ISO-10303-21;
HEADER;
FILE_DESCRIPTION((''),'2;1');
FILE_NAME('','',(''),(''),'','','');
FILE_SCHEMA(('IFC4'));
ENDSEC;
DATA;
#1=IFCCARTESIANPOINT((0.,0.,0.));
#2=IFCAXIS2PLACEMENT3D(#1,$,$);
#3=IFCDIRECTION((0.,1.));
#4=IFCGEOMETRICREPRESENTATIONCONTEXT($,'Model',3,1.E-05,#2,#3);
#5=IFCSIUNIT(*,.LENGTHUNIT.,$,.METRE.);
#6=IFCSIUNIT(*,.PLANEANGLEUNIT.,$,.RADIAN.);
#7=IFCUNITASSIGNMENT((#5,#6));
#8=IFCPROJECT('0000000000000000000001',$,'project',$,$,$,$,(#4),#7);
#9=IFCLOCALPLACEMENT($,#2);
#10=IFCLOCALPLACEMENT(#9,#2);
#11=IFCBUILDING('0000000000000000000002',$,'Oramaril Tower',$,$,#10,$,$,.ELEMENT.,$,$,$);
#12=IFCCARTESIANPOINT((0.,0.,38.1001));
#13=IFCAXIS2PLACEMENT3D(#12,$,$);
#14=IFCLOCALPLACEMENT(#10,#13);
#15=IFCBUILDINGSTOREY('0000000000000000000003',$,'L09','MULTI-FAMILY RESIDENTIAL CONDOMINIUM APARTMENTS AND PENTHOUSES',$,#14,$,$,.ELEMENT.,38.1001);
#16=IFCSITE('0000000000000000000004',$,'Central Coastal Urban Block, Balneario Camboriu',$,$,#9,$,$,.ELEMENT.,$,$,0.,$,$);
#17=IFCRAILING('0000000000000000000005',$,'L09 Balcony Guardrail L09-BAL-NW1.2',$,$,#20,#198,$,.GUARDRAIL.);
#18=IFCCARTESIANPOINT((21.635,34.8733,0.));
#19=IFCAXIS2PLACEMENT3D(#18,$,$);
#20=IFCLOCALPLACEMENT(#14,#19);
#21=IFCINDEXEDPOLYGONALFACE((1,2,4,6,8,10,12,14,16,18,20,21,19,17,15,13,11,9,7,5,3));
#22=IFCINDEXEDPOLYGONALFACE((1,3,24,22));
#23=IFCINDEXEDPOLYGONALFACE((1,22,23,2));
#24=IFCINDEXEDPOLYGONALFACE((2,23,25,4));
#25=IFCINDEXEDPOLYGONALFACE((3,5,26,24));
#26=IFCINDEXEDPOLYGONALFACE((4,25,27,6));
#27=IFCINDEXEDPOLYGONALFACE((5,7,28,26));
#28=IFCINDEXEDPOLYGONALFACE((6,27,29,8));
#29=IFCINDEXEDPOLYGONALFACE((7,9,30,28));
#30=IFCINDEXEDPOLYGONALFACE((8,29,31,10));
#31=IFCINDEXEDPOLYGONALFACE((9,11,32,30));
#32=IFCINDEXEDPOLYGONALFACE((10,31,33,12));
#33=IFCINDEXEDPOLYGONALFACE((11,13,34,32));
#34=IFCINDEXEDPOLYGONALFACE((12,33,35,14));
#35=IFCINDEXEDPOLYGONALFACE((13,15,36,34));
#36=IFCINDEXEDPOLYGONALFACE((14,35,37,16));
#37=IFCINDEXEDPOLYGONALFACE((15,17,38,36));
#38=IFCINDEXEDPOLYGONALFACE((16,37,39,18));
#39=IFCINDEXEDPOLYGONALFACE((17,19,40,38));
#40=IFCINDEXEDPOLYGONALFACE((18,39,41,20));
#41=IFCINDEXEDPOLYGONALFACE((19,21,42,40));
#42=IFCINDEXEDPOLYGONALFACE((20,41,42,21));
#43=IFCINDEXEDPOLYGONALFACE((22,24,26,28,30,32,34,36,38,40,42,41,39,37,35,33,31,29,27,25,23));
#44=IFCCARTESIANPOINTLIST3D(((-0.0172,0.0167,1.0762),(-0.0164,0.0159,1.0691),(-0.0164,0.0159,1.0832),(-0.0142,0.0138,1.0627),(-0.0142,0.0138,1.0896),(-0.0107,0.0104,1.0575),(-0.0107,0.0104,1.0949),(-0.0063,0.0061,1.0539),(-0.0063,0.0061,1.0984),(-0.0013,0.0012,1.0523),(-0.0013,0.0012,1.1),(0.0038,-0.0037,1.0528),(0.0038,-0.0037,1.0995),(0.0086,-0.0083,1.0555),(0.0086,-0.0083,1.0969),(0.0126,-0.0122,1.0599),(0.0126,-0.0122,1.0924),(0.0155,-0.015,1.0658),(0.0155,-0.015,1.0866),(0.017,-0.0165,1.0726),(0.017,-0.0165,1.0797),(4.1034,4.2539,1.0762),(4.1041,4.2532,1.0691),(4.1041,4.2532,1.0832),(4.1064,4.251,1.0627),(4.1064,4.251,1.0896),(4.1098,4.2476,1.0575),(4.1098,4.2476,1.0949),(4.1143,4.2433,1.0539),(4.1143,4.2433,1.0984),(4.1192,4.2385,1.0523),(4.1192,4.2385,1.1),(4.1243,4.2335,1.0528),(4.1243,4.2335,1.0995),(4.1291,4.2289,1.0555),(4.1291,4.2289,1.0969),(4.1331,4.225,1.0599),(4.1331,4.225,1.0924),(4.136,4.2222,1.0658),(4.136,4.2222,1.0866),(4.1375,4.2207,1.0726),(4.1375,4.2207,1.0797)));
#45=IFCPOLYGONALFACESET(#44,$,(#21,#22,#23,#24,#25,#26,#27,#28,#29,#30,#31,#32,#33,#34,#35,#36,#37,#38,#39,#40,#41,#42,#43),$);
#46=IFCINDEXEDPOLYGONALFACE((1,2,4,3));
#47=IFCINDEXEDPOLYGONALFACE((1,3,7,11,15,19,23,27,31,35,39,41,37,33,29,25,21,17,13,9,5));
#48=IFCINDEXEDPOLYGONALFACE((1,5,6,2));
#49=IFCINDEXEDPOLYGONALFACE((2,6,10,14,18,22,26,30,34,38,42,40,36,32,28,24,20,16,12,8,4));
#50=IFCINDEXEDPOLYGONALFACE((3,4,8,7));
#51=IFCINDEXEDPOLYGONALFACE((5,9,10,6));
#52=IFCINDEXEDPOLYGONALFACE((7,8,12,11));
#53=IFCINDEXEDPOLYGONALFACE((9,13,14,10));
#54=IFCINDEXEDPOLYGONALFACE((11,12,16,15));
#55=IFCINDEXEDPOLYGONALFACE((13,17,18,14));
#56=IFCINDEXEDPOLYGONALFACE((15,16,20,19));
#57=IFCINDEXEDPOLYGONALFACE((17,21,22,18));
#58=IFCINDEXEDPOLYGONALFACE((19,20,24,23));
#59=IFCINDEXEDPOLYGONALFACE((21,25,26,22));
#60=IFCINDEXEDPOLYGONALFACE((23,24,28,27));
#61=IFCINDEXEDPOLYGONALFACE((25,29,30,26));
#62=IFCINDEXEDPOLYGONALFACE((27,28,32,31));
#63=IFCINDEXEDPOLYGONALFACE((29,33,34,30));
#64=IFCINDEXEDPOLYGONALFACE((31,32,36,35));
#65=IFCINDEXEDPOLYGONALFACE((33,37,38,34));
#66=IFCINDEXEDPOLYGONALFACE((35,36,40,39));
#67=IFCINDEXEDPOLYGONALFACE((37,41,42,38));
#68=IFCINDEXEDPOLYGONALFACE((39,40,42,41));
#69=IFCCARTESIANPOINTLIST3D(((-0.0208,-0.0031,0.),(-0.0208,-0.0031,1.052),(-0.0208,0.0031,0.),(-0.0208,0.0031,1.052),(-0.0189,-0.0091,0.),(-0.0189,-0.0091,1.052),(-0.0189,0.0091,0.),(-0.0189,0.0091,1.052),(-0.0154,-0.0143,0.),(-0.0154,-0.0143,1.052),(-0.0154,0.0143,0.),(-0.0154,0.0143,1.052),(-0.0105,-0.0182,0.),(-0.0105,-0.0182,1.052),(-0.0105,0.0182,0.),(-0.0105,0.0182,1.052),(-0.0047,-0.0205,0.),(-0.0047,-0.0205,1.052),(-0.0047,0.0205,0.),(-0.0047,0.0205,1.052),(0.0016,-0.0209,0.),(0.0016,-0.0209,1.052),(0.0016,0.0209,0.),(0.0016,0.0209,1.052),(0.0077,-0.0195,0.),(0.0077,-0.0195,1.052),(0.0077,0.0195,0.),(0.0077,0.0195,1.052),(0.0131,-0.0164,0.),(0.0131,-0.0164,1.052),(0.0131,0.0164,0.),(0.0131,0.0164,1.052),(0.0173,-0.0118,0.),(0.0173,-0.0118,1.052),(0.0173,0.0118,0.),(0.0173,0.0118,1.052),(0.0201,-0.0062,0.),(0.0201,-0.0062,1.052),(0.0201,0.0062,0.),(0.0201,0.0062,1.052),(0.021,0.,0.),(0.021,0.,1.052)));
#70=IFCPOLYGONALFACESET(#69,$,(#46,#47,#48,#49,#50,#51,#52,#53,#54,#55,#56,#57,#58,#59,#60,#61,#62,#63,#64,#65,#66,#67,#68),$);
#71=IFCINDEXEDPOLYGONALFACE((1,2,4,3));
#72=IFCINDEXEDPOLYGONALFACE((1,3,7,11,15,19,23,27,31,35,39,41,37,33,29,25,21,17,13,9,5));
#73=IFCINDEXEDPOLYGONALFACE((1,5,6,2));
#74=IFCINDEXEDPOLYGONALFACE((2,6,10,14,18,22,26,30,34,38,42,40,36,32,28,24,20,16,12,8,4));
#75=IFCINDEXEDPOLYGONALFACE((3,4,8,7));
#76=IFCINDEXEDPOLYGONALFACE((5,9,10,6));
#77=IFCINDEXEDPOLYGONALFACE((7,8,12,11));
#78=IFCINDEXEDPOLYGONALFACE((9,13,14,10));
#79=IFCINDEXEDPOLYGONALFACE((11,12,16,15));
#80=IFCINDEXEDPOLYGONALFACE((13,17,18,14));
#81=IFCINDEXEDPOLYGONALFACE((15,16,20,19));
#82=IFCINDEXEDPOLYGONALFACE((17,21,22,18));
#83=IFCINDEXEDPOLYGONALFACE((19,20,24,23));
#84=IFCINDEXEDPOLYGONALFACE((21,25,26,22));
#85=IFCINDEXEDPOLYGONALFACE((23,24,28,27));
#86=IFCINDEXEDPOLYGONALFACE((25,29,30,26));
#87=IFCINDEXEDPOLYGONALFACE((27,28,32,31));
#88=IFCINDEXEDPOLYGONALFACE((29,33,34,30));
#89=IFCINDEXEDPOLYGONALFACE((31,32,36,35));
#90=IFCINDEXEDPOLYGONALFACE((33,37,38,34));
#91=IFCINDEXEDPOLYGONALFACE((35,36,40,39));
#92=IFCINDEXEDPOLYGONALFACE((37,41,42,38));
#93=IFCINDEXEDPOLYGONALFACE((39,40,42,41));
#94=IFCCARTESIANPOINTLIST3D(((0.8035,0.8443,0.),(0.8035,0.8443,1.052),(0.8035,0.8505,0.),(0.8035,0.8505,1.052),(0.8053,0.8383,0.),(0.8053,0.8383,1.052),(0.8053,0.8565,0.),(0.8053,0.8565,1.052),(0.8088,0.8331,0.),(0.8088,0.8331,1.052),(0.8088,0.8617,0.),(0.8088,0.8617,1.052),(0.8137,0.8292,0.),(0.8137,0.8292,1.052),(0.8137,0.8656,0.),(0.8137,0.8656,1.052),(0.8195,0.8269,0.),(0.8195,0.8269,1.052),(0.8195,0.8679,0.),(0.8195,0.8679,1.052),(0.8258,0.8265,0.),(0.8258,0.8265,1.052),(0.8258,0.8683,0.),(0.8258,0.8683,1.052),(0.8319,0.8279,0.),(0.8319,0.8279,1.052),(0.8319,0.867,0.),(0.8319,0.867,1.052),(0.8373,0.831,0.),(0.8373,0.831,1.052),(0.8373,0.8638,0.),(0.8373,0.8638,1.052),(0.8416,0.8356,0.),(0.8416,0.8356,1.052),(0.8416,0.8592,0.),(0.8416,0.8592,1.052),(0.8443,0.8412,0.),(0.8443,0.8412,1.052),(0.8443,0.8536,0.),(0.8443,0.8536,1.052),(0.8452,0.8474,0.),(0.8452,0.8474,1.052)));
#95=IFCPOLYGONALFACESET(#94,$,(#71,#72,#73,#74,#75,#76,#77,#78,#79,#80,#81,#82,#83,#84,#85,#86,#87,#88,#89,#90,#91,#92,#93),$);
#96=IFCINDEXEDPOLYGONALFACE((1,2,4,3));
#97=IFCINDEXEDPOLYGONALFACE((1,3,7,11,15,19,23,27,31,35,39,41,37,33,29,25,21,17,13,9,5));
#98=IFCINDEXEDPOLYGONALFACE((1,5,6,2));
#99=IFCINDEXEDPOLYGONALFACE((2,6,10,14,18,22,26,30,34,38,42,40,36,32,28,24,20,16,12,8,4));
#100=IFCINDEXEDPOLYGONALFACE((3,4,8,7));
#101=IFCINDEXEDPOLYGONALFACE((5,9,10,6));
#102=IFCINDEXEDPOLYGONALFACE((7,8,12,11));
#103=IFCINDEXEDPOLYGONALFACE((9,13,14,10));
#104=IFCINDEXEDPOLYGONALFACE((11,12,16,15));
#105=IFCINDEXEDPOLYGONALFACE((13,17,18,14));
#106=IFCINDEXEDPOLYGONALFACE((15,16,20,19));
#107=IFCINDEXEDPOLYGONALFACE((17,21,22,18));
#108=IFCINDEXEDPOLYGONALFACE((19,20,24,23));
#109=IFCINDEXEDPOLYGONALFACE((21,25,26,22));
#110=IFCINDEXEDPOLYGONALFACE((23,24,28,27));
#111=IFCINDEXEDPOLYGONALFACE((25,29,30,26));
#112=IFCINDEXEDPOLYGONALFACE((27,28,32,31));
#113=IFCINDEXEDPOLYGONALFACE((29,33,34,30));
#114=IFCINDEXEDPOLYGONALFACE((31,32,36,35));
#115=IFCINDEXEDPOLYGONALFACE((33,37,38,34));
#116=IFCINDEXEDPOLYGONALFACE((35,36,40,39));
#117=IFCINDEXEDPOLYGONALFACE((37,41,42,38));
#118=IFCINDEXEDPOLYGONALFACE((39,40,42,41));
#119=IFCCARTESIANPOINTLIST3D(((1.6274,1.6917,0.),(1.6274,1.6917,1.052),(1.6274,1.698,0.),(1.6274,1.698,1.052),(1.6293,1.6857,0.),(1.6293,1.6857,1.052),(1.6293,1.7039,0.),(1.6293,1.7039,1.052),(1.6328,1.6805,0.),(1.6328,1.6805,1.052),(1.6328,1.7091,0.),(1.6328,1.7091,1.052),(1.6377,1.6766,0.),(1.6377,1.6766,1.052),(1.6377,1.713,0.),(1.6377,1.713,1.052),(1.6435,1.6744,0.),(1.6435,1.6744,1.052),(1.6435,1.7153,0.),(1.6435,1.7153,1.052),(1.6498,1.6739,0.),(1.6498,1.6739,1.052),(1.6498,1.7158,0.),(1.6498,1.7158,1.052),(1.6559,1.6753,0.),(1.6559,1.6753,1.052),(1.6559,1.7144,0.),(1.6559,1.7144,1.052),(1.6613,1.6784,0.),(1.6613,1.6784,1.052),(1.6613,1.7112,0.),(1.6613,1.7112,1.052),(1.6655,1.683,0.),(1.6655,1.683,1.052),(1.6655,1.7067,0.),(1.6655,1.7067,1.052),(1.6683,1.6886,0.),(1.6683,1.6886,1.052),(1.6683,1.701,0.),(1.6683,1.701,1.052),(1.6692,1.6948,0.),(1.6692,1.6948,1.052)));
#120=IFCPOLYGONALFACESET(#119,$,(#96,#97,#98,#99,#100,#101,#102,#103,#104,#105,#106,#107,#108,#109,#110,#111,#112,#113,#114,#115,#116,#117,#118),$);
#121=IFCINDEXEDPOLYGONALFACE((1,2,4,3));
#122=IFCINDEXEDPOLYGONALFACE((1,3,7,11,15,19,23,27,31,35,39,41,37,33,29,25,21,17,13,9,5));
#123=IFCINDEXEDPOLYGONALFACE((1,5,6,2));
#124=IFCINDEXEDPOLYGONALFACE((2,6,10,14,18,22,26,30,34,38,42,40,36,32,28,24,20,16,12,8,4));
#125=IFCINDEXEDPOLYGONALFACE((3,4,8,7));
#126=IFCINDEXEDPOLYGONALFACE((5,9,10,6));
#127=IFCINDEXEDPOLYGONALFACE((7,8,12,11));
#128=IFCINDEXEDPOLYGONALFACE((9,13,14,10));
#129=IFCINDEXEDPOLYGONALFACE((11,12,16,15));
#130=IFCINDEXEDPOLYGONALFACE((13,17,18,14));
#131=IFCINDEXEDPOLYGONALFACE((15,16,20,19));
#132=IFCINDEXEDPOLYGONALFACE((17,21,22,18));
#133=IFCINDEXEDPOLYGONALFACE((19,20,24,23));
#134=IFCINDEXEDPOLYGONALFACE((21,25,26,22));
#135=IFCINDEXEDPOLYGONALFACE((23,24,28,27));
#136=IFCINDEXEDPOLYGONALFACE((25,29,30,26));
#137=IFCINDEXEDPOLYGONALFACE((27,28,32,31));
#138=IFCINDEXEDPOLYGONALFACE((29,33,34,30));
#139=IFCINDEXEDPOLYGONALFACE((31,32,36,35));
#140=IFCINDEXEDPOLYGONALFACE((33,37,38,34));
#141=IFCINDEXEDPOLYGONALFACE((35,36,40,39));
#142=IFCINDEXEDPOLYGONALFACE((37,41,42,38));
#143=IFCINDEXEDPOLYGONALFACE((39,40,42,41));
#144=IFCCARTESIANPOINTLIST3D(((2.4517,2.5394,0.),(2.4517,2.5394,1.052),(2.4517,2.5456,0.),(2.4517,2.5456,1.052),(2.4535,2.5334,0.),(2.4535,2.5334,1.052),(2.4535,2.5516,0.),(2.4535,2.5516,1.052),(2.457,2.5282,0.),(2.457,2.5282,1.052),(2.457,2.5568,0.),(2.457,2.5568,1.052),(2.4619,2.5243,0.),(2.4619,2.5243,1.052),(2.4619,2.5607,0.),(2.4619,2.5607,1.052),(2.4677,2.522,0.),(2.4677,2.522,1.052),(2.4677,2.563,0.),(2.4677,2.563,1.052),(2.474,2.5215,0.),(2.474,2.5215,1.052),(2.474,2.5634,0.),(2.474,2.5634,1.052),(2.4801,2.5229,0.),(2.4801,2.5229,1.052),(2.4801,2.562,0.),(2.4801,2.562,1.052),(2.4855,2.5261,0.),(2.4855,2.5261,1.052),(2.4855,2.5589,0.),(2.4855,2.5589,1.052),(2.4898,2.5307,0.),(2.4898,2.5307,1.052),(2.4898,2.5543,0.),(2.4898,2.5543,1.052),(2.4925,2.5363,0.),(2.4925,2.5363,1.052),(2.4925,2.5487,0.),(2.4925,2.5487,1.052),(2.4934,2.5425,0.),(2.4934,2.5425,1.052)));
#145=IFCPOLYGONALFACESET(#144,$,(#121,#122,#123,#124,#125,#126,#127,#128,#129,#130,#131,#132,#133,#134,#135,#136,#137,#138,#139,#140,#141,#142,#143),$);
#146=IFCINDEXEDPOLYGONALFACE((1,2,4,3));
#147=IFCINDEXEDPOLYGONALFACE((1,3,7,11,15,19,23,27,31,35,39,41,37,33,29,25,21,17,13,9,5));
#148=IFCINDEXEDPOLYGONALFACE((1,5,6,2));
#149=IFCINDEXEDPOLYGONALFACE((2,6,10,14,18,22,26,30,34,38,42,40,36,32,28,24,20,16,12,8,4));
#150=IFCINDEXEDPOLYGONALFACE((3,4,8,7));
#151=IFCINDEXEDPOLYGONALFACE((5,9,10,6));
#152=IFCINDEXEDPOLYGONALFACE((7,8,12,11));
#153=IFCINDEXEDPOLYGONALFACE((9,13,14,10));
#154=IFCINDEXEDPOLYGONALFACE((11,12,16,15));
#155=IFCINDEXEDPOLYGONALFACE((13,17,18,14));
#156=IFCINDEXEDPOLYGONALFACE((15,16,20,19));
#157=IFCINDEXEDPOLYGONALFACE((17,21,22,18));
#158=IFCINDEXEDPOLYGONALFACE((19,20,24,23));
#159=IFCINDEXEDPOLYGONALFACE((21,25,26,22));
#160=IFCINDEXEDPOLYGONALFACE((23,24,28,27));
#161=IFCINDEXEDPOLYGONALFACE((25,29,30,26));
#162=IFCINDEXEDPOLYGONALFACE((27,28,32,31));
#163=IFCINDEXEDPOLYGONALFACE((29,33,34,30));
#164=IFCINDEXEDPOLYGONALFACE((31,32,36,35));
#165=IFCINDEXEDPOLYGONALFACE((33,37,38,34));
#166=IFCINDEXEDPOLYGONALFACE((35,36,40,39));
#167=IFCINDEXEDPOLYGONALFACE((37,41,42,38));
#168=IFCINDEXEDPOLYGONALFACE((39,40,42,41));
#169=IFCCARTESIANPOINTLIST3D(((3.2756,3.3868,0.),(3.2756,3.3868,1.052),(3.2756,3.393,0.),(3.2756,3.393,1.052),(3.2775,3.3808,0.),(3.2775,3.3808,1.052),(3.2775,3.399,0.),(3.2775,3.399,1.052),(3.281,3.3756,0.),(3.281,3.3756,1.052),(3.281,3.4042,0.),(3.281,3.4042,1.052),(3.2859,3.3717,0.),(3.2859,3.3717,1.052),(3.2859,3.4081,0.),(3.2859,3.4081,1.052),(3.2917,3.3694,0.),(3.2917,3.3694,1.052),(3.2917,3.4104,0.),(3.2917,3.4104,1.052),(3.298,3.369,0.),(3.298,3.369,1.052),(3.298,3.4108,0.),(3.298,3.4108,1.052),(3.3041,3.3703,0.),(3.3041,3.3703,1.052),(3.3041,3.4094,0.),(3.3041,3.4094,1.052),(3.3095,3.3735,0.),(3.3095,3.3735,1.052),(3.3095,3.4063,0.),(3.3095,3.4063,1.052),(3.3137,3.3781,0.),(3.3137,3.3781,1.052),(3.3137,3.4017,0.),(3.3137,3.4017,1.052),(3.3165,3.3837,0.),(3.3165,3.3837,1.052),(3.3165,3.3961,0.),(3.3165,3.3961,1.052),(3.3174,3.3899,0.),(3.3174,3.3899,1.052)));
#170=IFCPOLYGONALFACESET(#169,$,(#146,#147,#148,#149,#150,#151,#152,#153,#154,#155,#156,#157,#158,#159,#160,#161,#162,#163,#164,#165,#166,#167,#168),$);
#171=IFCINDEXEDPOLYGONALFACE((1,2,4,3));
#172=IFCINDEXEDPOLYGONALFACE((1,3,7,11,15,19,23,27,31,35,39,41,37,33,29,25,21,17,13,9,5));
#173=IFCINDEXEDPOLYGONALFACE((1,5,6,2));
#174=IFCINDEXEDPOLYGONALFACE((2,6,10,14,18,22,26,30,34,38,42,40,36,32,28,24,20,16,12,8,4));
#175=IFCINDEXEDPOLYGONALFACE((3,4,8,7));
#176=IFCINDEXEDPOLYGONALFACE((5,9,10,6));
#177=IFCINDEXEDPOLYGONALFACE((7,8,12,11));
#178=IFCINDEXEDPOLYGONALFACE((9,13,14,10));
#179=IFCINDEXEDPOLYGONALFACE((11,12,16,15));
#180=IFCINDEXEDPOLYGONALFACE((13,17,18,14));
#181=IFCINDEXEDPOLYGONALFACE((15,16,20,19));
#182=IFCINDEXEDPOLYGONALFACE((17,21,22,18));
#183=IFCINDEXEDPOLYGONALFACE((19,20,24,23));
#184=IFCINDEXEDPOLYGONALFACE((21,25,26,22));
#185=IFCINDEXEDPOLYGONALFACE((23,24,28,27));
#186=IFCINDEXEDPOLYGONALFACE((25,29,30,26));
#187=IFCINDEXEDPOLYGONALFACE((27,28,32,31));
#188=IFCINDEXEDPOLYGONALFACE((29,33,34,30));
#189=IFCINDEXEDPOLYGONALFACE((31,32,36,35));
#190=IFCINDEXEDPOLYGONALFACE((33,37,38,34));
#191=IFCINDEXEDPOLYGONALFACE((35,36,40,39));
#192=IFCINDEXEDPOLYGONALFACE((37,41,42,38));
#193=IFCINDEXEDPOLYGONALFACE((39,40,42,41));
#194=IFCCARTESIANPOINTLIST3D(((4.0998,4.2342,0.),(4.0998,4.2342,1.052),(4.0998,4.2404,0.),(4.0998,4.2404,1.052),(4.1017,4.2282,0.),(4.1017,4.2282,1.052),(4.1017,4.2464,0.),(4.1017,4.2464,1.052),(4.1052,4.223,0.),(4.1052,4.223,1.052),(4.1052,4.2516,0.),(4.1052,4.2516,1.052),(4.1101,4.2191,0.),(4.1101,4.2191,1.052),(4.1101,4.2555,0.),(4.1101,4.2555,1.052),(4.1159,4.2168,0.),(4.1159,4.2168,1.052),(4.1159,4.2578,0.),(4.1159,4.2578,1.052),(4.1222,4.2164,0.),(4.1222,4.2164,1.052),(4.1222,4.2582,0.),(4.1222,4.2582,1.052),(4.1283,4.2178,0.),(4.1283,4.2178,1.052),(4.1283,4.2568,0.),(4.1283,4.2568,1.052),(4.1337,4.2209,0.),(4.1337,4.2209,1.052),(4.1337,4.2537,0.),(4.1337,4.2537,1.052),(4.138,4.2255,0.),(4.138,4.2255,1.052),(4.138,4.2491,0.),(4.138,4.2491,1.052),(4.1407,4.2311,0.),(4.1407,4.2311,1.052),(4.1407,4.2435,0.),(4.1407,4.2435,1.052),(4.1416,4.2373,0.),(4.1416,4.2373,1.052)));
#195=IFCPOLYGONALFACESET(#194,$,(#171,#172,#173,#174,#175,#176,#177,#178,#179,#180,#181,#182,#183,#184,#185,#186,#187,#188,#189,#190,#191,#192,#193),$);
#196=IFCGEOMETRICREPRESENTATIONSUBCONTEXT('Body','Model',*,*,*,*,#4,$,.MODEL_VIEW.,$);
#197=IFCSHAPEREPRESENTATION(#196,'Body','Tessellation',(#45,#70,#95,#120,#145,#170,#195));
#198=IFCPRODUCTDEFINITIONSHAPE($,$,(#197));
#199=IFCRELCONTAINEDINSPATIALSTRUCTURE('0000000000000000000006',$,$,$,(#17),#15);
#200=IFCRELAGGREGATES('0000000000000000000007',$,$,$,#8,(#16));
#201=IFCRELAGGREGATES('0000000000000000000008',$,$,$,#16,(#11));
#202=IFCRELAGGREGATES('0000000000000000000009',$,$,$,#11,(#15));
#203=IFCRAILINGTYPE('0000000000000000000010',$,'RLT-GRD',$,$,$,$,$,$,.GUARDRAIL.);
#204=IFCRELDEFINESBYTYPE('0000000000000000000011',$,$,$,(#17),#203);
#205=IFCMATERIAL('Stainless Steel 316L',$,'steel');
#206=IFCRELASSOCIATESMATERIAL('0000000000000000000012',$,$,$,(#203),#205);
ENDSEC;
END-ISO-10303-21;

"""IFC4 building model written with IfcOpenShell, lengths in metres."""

from ifc_helpers import new_model, si_unit, direction, frame, origin, origin_2d, place, context, subcontext, project, spatial, circle, extrude, material, type_object, element, save


model = new_model("IFC4")

# Units and contexts
model_context = context("Model", 3, precision=1e-05, world=origin(), true_north=direction((0.0, 1.0)))
body_context = subcontext(model_context, "Body", "Model", "MODEL_VIEW")
ifc_project = project(units=[si_unit("LENGTHUNIT", "METRE"), si_unit("PLANEANGLEUNIT", "RADIAN")], contexts=[model_context])

# Site, building, storey
site_placement = place(None, origin())
site = spatial("IfcSite", under=ifc_project, at=site_placement, Name="Central Coastal Urban Block, Balneario Camboriu", CompositionType="ELEMENT", RefElevation=0.0)
building_placement = place(site_placement, origin())
building = spatial("IfcBuilding", under=site, at=building_placement, Name="Oramaril Tower", CompositionType="ELEMENT")
storey_placement = place(building_placement, frame((0.0, 0.0, 38.1001)))
storey = spatial("IfcBuildingStorey", under=building, at=storey_placement, Name="L09", Description="MULTI-FAMILY RESIDENTIAL CONDOMINIUM APARTMENTS AND PENTHOUSES", CompositionType="ELEMENT", Elevation=38.1001)

# Railing
ifc_material_1 = material(Name="Stainless Steel 316L", Category="steel")
railing_type = type_object("IfcRailingType", Name="RLT-GRD", PredefinedType="GUARDRAIL", material=ifc_material_1)
railing_1_placement = place(storey_placement, frame((21.635, 34.8733, 0.0)))
element("IfcRailing", 1, at=railing_1_placement, inside=storey, type_object=railing_type, Name="L09 Balcony Guardrail L09-BAL-NW1.2", PredefinedType="GUARDRAIL", context=body_context, shape_type="SweptSolid", body=[
    extrude(circle(Radius=0.0239, at=origin_2d()), frame((0.0, 0.0, 1.0762), z_axis=(0.697166, 0.71691, 0.0), x_axis=(-0.71691, 0.697166, 0.0)), (0.0, 0.0, 1.0), 5.9104),
    extrude(circle(Radius=0.021, at=origin_2d()), origin(), (0.0, 0.0, 1.0), 1.052),
    extrude(circle(Radius=0.021, at=origin_2d()), frame((0.8242, 0.8474, 0.0)), (0.0, 0.0, 1.0), 1.052),
    extrude(circle(Radius=0.021, at=origin_2d()), frame((1.6482, 1.6948, 0.0)), (0.0, 0.0, 1.0), 1.052),
    extrude(circle(Radius=0.021, at=origin_2d()), frame((2.4724, 2.5425, 0.0)), (0.0, 0.0, 1.0), 1.052),
    extrude(circle(Radius=0.021, at=origin_2d()), frame((3.2964, 3.3899, 0.0)), (0.0, 0.0, 1.0), 1.052),
    extrude(circle(Radius=0.021, at=origin_2d()), frame((4.1206, 4.2373, 0.0)), (0.0, 0.0, 1.0), 1.052),
])

save(model, "model.ifc")
